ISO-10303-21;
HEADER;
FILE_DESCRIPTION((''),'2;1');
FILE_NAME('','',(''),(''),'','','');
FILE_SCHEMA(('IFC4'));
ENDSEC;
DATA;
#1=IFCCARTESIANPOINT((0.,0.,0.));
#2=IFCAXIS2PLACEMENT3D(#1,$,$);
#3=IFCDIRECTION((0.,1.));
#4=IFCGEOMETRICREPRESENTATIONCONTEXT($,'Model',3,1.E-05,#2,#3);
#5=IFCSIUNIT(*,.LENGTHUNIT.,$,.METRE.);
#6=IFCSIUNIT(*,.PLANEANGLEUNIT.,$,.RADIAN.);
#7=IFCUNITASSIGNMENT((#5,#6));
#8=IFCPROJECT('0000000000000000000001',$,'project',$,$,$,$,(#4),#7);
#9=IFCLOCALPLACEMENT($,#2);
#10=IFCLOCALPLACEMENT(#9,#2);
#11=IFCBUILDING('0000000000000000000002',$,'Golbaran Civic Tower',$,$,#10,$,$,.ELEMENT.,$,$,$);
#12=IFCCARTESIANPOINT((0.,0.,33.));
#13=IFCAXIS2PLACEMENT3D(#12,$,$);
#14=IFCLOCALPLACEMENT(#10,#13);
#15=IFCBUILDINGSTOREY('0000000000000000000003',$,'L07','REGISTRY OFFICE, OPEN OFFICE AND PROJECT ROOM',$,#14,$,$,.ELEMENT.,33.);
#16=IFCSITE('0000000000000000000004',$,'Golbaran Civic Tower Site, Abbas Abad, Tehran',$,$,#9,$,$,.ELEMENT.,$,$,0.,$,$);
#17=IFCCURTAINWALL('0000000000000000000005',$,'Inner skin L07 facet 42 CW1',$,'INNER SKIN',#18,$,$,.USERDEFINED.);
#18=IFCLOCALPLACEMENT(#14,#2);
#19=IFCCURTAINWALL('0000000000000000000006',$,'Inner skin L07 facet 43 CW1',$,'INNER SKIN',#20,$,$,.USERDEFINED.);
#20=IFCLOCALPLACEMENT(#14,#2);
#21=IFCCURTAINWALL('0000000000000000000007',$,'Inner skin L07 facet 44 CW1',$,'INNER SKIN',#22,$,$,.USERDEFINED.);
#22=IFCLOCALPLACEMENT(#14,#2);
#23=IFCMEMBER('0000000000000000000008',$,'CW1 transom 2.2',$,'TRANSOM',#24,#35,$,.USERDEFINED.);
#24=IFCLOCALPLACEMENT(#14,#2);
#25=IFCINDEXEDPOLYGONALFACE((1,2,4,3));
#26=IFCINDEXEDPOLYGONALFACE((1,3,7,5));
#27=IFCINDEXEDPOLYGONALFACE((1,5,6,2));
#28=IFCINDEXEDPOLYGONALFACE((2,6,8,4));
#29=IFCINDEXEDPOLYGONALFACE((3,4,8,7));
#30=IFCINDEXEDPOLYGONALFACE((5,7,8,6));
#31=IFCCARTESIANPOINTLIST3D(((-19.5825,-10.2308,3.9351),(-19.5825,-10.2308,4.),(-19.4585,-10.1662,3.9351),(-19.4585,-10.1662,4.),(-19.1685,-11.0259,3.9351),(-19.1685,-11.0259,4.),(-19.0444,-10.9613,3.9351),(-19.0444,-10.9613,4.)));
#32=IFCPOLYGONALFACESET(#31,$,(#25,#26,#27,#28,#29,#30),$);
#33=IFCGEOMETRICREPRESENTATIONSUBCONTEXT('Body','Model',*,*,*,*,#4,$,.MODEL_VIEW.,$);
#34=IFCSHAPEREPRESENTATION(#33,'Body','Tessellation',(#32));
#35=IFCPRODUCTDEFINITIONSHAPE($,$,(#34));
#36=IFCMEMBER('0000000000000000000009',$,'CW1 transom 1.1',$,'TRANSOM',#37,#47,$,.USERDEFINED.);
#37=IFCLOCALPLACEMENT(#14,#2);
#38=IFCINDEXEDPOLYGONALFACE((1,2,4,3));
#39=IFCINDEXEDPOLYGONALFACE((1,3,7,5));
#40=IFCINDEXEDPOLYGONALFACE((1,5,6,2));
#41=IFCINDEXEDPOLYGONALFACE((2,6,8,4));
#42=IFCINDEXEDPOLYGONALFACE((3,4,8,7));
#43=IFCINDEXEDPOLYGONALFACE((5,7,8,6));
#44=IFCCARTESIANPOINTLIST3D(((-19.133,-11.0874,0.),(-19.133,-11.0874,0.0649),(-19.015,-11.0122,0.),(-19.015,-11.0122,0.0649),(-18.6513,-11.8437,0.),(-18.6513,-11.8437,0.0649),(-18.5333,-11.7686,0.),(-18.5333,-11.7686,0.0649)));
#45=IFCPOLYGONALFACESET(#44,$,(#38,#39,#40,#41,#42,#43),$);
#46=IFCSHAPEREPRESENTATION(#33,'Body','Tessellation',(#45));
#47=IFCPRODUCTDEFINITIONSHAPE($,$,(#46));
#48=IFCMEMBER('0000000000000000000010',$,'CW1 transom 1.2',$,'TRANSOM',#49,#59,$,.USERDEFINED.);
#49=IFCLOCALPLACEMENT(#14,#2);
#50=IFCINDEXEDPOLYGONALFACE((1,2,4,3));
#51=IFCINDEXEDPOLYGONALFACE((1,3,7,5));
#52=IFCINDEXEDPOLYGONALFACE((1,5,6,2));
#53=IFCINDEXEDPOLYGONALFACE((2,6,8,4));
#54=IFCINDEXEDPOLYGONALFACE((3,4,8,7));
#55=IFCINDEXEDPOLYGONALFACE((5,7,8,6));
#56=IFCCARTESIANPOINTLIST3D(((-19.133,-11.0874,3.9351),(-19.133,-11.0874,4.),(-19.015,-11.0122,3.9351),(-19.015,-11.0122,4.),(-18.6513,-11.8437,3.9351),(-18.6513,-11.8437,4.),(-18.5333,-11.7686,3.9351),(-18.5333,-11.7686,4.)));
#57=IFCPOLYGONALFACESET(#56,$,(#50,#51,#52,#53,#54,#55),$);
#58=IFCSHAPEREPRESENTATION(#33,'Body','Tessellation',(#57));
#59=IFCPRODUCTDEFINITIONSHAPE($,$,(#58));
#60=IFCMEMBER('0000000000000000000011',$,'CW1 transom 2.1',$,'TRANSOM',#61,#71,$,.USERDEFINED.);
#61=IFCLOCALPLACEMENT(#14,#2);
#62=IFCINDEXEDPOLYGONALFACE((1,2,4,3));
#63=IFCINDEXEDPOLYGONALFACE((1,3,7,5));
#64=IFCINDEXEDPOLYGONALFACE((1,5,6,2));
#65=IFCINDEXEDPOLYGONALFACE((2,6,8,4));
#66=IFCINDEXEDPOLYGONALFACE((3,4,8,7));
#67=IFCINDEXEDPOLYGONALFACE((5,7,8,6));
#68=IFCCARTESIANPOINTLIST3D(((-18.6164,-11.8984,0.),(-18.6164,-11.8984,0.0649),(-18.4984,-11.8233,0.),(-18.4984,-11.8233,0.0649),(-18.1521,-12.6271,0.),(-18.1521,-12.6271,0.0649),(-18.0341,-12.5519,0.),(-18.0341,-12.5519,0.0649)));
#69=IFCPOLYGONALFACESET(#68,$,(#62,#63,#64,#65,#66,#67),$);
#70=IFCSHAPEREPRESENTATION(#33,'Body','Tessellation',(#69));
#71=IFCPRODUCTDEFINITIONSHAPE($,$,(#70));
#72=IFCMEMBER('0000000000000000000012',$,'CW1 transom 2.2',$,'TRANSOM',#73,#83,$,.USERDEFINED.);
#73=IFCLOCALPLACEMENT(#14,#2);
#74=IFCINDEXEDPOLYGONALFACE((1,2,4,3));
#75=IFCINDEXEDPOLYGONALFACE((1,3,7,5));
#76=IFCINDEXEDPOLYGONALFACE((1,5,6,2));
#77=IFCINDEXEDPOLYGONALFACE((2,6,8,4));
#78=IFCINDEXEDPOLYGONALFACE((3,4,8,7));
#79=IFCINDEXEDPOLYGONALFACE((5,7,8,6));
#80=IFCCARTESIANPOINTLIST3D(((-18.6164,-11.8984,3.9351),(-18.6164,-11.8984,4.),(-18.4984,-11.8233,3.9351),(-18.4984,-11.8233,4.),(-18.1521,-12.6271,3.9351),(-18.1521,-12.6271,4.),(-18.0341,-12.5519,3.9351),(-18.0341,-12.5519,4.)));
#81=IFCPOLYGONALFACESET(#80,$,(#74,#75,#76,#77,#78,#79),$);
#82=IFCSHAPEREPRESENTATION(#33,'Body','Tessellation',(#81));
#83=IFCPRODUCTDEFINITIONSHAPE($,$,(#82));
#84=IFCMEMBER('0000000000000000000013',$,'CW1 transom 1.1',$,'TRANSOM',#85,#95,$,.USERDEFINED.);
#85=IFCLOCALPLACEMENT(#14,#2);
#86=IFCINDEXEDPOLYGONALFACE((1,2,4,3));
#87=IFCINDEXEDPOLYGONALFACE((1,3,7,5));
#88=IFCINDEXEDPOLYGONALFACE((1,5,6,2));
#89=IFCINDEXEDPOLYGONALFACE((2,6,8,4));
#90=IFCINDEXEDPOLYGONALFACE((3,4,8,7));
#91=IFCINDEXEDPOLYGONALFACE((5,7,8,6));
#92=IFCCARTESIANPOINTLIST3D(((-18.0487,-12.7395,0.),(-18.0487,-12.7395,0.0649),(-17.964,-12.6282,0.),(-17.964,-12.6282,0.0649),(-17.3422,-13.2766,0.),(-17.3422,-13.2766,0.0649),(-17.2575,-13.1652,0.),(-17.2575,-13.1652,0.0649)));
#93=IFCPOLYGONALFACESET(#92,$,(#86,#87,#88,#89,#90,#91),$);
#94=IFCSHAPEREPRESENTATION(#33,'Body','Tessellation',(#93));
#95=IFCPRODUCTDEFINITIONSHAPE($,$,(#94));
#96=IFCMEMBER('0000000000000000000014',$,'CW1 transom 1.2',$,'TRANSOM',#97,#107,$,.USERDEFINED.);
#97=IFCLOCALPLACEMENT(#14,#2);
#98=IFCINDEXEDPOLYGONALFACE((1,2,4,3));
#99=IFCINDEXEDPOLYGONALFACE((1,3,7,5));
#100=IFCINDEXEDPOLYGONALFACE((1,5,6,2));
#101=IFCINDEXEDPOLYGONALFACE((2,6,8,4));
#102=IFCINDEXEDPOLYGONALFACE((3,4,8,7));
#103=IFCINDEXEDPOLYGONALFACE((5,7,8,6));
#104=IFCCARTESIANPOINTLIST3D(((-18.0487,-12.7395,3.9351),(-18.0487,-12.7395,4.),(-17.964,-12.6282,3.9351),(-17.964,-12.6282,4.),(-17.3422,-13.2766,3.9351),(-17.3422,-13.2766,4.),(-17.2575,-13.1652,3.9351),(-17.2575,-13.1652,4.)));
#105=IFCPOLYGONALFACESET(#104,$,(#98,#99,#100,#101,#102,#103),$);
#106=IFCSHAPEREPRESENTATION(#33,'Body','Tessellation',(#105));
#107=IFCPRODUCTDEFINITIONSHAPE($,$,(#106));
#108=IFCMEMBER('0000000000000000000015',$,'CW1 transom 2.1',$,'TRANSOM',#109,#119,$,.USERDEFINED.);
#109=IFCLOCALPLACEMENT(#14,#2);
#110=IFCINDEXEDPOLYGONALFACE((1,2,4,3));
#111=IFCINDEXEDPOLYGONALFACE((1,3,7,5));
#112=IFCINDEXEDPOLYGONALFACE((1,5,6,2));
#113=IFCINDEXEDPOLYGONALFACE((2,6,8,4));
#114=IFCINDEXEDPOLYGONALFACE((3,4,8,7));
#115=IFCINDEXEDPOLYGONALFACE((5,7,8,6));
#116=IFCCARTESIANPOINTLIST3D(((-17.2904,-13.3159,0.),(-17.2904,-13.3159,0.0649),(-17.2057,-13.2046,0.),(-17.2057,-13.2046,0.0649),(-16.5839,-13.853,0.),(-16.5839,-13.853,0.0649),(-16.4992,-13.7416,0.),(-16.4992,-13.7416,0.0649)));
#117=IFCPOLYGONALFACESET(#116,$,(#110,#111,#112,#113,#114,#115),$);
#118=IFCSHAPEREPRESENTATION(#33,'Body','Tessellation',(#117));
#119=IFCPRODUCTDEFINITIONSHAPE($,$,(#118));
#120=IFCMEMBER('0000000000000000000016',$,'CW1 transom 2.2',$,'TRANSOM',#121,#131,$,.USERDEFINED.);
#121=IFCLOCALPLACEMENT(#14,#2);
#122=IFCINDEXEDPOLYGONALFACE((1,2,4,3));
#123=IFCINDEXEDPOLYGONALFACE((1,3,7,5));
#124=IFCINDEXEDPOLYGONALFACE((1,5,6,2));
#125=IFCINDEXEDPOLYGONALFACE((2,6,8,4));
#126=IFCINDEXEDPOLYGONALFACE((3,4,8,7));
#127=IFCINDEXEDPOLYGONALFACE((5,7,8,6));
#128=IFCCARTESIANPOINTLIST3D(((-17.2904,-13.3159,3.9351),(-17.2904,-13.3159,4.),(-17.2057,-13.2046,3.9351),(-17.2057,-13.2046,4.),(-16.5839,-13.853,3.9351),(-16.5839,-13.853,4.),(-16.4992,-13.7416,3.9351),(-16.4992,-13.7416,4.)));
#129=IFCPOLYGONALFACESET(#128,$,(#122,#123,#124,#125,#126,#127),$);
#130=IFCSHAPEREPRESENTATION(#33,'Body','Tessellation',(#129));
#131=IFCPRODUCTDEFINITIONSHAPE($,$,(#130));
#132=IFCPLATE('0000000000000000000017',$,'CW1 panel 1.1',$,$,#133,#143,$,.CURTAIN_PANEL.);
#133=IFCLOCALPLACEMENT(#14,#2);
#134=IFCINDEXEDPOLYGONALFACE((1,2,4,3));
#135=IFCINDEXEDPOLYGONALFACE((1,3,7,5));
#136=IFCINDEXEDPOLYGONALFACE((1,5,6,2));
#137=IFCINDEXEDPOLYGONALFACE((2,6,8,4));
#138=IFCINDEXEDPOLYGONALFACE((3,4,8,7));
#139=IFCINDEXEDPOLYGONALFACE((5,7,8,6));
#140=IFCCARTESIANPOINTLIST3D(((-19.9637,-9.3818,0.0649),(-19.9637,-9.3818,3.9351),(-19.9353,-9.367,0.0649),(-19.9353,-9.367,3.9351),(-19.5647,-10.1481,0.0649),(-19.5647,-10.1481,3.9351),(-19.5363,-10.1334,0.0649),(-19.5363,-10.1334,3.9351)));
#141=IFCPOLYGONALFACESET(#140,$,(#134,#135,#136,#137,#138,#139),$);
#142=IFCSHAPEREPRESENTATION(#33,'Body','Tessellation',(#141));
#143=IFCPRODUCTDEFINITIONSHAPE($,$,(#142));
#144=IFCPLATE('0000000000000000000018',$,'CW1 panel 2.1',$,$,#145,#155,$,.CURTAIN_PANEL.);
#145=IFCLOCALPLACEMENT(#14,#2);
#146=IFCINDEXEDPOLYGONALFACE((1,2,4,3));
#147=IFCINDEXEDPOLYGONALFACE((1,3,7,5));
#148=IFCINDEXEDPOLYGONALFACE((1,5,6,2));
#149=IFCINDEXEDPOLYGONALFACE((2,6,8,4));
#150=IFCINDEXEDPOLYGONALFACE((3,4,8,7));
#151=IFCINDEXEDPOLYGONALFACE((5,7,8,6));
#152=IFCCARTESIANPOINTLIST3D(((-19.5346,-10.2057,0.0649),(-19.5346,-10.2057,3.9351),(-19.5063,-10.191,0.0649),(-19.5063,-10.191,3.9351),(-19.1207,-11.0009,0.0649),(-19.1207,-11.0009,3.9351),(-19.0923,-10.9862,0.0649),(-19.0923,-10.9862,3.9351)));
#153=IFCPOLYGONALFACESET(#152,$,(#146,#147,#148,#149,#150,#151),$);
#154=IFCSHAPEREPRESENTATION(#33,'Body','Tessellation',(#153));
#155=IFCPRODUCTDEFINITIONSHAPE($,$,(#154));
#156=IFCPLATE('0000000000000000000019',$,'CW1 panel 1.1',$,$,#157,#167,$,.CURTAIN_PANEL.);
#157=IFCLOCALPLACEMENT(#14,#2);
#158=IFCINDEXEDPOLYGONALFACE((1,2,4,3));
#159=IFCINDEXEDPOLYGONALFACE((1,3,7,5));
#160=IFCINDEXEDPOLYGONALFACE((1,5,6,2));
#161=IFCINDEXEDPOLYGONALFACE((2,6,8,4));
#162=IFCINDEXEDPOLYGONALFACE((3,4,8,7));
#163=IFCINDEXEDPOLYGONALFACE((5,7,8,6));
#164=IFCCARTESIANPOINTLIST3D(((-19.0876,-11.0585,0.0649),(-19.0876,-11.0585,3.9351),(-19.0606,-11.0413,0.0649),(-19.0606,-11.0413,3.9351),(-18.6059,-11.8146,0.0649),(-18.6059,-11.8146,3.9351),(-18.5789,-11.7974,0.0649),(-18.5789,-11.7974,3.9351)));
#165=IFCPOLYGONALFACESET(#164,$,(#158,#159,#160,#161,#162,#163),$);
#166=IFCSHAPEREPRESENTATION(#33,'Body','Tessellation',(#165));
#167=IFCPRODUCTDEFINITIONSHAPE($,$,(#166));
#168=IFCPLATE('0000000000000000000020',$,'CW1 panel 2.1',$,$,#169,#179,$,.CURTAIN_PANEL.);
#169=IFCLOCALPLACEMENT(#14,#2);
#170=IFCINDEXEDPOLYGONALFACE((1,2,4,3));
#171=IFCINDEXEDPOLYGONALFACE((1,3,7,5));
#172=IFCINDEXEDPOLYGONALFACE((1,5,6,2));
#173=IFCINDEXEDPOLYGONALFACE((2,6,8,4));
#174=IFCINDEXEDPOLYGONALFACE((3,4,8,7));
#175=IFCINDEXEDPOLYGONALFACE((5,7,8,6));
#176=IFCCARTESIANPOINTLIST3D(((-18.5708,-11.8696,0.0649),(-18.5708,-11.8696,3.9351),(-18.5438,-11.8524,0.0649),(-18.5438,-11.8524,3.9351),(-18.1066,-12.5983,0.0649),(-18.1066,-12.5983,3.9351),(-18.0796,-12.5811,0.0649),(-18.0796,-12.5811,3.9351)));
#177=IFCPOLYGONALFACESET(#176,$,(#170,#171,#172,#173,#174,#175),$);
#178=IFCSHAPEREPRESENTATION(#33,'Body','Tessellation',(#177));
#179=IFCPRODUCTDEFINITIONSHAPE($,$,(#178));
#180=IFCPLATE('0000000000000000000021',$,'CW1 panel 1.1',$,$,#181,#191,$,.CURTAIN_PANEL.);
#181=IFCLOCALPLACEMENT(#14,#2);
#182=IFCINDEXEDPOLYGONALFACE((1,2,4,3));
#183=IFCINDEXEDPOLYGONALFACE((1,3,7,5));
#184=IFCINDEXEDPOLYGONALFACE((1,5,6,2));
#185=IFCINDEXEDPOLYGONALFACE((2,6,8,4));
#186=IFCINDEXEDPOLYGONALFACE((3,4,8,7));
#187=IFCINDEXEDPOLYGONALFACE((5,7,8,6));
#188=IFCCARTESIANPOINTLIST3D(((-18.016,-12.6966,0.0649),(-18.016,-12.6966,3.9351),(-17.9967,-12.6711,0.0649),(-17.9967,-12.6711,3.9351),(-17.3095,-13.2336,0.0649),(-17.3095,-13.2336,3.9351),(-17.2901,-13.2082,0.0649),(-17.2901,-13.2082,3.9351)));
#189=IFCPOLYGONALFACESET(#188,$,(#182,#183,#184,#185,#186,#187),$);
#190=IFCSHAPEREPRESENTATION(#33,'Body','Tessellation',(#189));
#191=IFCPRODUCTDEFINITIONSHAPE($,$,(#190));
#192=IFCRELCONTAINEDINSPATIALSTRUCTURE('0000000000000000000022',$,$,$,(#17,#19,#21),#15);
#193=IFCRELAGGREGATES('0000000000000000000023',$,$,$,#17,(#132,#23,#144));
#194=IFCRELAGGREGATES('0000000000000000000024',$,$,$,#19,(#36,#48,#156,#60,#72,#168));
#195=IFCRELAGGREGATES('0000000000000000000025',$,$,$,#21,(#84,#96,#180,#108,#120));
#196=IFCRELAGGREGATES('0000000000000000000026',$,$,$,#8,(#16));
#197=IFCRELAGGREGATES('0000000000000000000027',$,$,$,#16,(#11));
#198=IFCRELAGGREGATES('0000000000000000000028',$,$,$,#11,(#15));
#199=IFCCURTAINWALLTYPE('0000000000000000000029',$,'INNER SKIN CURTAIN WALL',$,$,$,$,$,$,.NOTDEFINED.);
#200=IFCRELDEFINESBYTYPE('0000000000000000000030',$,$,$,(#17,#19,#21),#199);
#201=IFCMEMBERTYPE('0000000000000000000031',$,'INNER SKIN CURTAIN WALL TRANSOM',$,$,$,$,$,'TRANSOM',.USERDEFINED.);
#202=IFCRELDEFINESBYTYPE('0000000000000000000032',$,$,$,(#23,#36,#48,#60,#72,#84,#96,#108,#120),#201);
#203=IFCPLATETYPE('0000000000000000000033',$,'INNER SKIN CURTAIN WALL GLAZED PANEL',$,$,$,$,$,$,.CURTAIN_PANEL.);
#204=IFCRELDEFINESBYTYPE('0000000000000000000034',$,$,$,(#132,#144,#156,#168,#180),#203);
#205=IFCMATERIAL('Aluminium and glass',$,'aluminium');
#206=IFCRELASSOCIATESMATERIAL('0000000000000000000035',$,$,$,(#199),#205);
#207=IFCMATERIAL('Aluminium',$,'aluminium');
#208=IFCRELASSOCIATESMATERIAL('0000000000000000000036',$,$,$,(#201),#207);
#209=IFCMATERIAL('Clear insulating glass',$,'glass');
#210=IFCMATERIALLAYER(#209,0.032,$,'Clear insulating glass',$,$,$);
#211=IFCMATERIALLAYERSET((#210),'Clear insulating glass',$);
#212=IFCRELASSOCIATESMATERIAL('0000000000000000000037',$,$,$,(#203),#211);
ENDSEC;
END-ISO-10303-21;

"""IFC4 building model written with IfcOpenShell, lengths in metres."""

from ifc_helpers import new_model, si_unit, direction, frame, origin, origin_2d, place, context, subcontext, project, spatial, rectangle, extrude, material, layer, layer_set, material_profile, profile_set, type_object, element, aggregate, save


model = new_model("IFC4")

# Units and contexts
model_context = context("Model", 3, precision=1e-05, world=origin(), true_north=direction((0.0, 1.0)))
body_context = subcontext(model_context, "Body", "Model", "MODEL_VIEW")
ifc_project = project(units=[si_unit("LENGTHUNIT", "METRE"), si_unit("PLANEANGLEUNIT", "RADIAN")], contexts=[model_context])

# Site, building, storey
site_placement = place(None, origin())
site = spatial("IfcSite", under=ifc_project, at=site_placement, Name="Golbaran Civic Tower Site, Abbas Abad, Tehran", CompositionType="ELEMENT", RefElevation=0.0)
building_placement = place(site_placement, origin())
building = spatial("IfcBuilding", under=site, at=building_placement, Name="Golbaran Civic Tower", CompositionType="ELEMENT")
storey_placement = place(building_placement, frame((0.0, 0.0, 33.0)))
storey = spatial("IfcBuildingStorey", under=building, at=storey_placement, Name="L07", Description="REGISTRY OFFICE, OPEN OFFICE AND PROJECT ROOM", CompositionType="ELEMENT", Elevation=33.0)

# Curtain walls
ifc_material_1 = material(Name="Aluminium and glass", Category="aluminium")
curtain_wall_type = type_object("IfcCurtainWallType", Name="INNER SKIN CURTAIN WALL", PredefinedType="NOTDEFINED", material=ifc_material_1)
curtain_wall_1_placement = place(storey_placement, origin())
curtain_wall_1 = element("IfcCurtainWall", 1, at=curtain_wall_1_placement, inside=storey, type_object=curtain_wall_type, Name="Inner skin L07 facet 42 CW1", ObjectType="INNER SKIN", PredefinedType="USERDEFINED")
ifc_material_2 = material(Name="Aluminium", Category="aluminium")
curtain_wall_2_placement = place(storey_placement, origin())
curtain_wall_2 = element("IfcCurtainWall", 2, at=curtain_wall_2_placement, inside=storey, type_object=curtain_wall_type, Name="Inner skin L07 facet 43 CW1", ObjectType="INNER SKIN", PredefinedType="USERDEFINED")
curtain_wall_3_placement = place(storey_placement, origin())
curtain_wall_3 = element("IfcCurtainWall", 3, at=curtain_wall_3_placement, inside=storey, type_object=curtain_wall_type, Name="Inner skin L07 facet 44 CW1", ObjectType="INNER SKIN", PredefinedType="USERDEFINED")

# Members
ifc_material_profile_1 = material_profile(ifc_material_2, rectangle(XDim=0.1399, YDim=0.0649, at=origin_2d()), Name="INNER SKIN CURTAIN WALL TRANSOM")
ifc_profile_set_1 = profile_set([ifc_material_profile_1], Name="Aluminium")
member_type_1 = type_object("IfcMemberType", Name="INNER SKIN CURTAIN WALL TRANSOM", ElementType="TRANSOM", PredefinedType="USERDEFINED", material=ifc_profile_set_1)
member_1_placement = place(storey_placement, frame((-19.5205, -10.1985, 3.9675), z_axis=(0.461859, -0.886954, 0.0), x_axis=(0.886954, 0.461859, 0.0)))
member_1 = element("IfcMember", 4, at=member_1_placement, type_object=member_type_1, Name="CW1 transom 2.2", ObjectType="TRANSOM", PredefinedType="USERDEFINED", context=body_context, shape_type="SweptSolid", body=[
    extrude(rectangle(XDim=0.1399, YDim=0.0649, at=origin_2d()), origin(), (0.0, 0.0, 1.0), 0.8965),
])
member_2_placement = place(storey_placement, frame((-19.074, -11.0498, 0.0325), z_axis=(0.537175, -0.843471, 0.0), x_axis=(0.843471, 0.537175, 0.0)))
member_2 = element("IfcMember", 5, at=member_2_placement, type_object=member_type_1, Name="CW1 transom 1.1", ObjectType="TRANSOM", PredefinedType="USERDEFINED", context=body_context, shape_type="SweptSolid", body=[
    extrude(rectangle(XDim=0.1399, YDim=0.0649, at=origin_2d()), origin(), (0.0, 0.0, 1.0), 0.8967),
])
member_3_placement = place(storey_placement, frame((-19.074, -11.0498, 3.9675), z_axis=(0.537175, -0.843471, 0.0), x_axis=(0.843471, 0.537175, 0.0)))
member_3 = element("IfcMember", 6, at=member_3_placement, type_object=member_type_1, Name="CW1 transom 1.2", ObjectType="TRANSOM", PredefinedType="USERDEFINED", context=body_context, shape_type="SweptSolid", body=[
    extrude(rectangle(XDim=0.1399, YDim=0.0649, at=origin_2d()), origin(), (0.0, 0.0, 1.0), 0.8967),
])
member_4_placement = place(storey_placement, frame((-18.5574, -11.8608, 0.0325), z_axis=(0.537369, -0.843347, 0.0), x_axis=(0.843347, 0.537369, 0.0)))
member_4 = element("IfcMember", 7, at=member_4_placement, type_object=member_type_1, Name="CW1 transom 2.1", ObjectType="TRANSOM", PredefinedType="USERDEFINED", context=body_context, shape_type="SweptSolid", body=[
    extrude(rectangle(XDim=0.1399, YDim=0.0649, at=origin_2d()), origin(), (0.0, 0.0, 1.0), 0.864),
])
member_5_placement = place(storey_placement, frame((-18.5574, -11.8608, 3.9675), z_axis=(0.537369, -0.843347, 0.0), x_axis=(0.843347, 0.537369, 0.0)))
member_5 = element("IfcMember", 8, at=member_5_placement, type_object=member_type_1, Name="CW1 transom 2.2", ObjectType="TRANSOM", PredefinedType="USERDEFINED", context=body_context, shape_type="SweptSolid", body=[
    extrude(rectangle(XDim=0.1399, YDim=0.0649, at=origin_2d()), origin(), (0.0, 0.0, 1.0), 0.864),
])
member_6_placement = place(storey_placement, frame((-18.0063, -12.6838, 0.0325), z_axis=(0.796088, -0.605181, 0.0), x_axis=(0.605181, 0.796088, 0.0)))
member_6 = element("IfcMember", 9, at=member_6_placement, type_object=member_type_1, Name="CW1 transom 1.1", ObjectType="TRANSOM", PredefinedType="USERDEFINED", context=body_context, shape_type="SweptSolid", body=[
    extrude(rectangle(XDim=0.1399, YDim=0.0649, at=origin_2d()), origin(), (0.0, 0.0, 1.0), 0.8875),
])
member_7_placement = place(storey_placement, frame((-18.0063, -12.6838, 3.9675), z_axis=(0.796088, -0.605181, 0.0), x_axis=(0.605181, 0.796088, 0.0)))
member_7 = element("IfcMember", 10, at=member_7_placement, type_object=member_type_1, Name="CW1 transom 1.2", ObjectType="TRANSOM", PredefinedType="USERDEFINED", context=body_context, shape_type="SweptSolid", body=[
    extrude(rectangle(XDim=0.1399, YDim=0.0649, at=origin_2d()), origin(), (0.0, 0.0, 1.0), 0.8875),
])
member_8_placement = place(storey_placement, frame((-17.248, -13.2603, 0.0325), z_axis=(0.796088, -0.605181, 0.0), x_axis=(0.605181, 0.796088, 0.0)))
member_8 = element("IfcMember", 11, at=member_8_placement, type_object=member_type_1, Name="CW1 transom 2.1", ObjectType="TRANSOM", PredefinedType="USERDEFINED", context=body_context, shape_type="SweptSolid", body=[
    extrude(rectangle(XDim=0.1399, YDim=0.0649, at=origin_2d()), origin(), (0.0, 0.0, 1.0), 0.8875),
])
member_9_placement = place(storey_placement, frame((-17.248, -13.2603, 3.9675), z_axis=(0.796088, -0.605181, 0.0), x_axis=(0.605181, 0.796088, 0.0)))
member_9 = element("IfcMember", 12, at=member_9_placement, type_object=member_type_1, Name="CW1 transom 2.2", ObjectType="TRANSOM", PredefinedType="USERDEFINED", context=body_context, shape_type="SweptSolid", body=[
    extrude(rectangle(XDim=0.1399, YDim=0.0649, at=origin_2d()), origin(), (0.0, 0.0, 1.0), 0.8875),
])

# Plates
ifc_material_3 = material(Name="Clear insulating glass", Category="glass")
ifc_layer_1 = layer(ifc_material_3, 0.032, Name="Clear insulating glass")
ifc_layer_set_1 = layer_set([ifc_layer_1], Name="Clear insulating glass")
plate_type_1 = type_object("IfcPlateType", Name="INNER SKIN CURTAIN WALL GLAZED PANEL", PredefinedType="CURTAIN_PANEL", material=ifc_layer_set_1)
plate_1_placement = place(storey_placement, frame((-19.75, -9.7576, 0.0649), z_axis=(0.0, 0.0, 1.0), x_axis=(0.461749, -0.887011, 0.0)))
plate_1 = element("IfcPlate", 13, at=plate_1_placement, type_object=plate_type_1, Name="CW1 panel 1.1", PredefinedType="CURTAIN_PANEL", context=body_context, shape_type="SweptSolid", body=[
    extrude(rectangle(XDim=0.864, YDim=0.032, at=origin_2d()), origin(), (0.0, 0.0, 1.0), 3.8701),
])
plate_2_placement = place(storey_placement, frame((-19.3135, -10.5959, 0.0649), z_axis=(0.0, 0.0, 1.0), x_axis=(0.461749, -0.887011, 0.0)))
plate_2 = element("IfcPlate", 14, at=plate_2_placement, type_object=plate_type_1, Name="CW1 panel 2.1", PredefinedType="CURTAIN_PANEL", context=body_context, shape_type="SweptSolid", body=[
    extrude(rectangle(XDim=0.8965, YDim=0.032, at=origin_2d()), origin(), (0.0, 0.0, 1.0), 3.8701),
])
aggregate(curtain_wall_1, [plate_1, member_1, plate_2])
plate_3_placement = place(storey_placement, frame((-18.8333, -11.428, 0.0649), z_axis=(0.0, 0.0, 1.0), x_axis=(0.5373, -0.843391, 0.0)))
plate_3 = element("IfcPlate", 15, at=plate_3_placement, type_object=plate_type_1, Name="CW1 panel 1.1", PredefinedType="CURTAIN_PANEL", context=body_context, shape_type="SweptSolid", body=[
    extrude(rectangle(XDim=0.8965, YDim=0.032, at=origin_2d()), origin(), (0.0, 0.0, 1.0), 3.8701),
])
plate_4_placement = place(storey_placement, frame((-18.3252, -12.2253, 0.0649), z_axis=(0.0, 0.0, 1.0), x_axis=(0.5373, -0.843391, 0.0)))
plate_4 = element("IfcPlate", 16, at=plate_4_placement, type_object=plate_type_1, Name="CW1 panel 2.1", PredefinedType="CURTAIN_PANEL", context=body_context, shape_type="SweptSolid", body=[
    extrude(rectangle(XDim=0.864, YDim=0.032, at=origin_2d()), origin(), (0.0, 0.0, 1.0), 3.8701),
])
aggregate(curtain_wall_2, [member_2, member_3, plate_3, member_4, member_5, plate_4])
plate_5_placement = place(storey_placement, frame((-17.6531, -12.9524, 0.0649), z_axis=(0.0, 0.0, 1.0), x_axis=(0.796108, -0.605154, 0.0)))
plate_5 = element("IfcPlate", 17, at=plate_5_placement, type_object=plate_type_1, Name="CW1 panel 1.1", PredefinedType="CURTAIN_PANEL", context=body_context, shape_type="SweptSolid", body=[
    extrude(rectangle(XDim=0.8875, YDim=0.032, at=origin_2d()), origin(), (0.0, 0.0, 1.0), 3.8701),
])
aggregate(curtain_wall_3, [member_6, member_7, plate_5, member_8, member_9])

save(model, "model.ifc")
